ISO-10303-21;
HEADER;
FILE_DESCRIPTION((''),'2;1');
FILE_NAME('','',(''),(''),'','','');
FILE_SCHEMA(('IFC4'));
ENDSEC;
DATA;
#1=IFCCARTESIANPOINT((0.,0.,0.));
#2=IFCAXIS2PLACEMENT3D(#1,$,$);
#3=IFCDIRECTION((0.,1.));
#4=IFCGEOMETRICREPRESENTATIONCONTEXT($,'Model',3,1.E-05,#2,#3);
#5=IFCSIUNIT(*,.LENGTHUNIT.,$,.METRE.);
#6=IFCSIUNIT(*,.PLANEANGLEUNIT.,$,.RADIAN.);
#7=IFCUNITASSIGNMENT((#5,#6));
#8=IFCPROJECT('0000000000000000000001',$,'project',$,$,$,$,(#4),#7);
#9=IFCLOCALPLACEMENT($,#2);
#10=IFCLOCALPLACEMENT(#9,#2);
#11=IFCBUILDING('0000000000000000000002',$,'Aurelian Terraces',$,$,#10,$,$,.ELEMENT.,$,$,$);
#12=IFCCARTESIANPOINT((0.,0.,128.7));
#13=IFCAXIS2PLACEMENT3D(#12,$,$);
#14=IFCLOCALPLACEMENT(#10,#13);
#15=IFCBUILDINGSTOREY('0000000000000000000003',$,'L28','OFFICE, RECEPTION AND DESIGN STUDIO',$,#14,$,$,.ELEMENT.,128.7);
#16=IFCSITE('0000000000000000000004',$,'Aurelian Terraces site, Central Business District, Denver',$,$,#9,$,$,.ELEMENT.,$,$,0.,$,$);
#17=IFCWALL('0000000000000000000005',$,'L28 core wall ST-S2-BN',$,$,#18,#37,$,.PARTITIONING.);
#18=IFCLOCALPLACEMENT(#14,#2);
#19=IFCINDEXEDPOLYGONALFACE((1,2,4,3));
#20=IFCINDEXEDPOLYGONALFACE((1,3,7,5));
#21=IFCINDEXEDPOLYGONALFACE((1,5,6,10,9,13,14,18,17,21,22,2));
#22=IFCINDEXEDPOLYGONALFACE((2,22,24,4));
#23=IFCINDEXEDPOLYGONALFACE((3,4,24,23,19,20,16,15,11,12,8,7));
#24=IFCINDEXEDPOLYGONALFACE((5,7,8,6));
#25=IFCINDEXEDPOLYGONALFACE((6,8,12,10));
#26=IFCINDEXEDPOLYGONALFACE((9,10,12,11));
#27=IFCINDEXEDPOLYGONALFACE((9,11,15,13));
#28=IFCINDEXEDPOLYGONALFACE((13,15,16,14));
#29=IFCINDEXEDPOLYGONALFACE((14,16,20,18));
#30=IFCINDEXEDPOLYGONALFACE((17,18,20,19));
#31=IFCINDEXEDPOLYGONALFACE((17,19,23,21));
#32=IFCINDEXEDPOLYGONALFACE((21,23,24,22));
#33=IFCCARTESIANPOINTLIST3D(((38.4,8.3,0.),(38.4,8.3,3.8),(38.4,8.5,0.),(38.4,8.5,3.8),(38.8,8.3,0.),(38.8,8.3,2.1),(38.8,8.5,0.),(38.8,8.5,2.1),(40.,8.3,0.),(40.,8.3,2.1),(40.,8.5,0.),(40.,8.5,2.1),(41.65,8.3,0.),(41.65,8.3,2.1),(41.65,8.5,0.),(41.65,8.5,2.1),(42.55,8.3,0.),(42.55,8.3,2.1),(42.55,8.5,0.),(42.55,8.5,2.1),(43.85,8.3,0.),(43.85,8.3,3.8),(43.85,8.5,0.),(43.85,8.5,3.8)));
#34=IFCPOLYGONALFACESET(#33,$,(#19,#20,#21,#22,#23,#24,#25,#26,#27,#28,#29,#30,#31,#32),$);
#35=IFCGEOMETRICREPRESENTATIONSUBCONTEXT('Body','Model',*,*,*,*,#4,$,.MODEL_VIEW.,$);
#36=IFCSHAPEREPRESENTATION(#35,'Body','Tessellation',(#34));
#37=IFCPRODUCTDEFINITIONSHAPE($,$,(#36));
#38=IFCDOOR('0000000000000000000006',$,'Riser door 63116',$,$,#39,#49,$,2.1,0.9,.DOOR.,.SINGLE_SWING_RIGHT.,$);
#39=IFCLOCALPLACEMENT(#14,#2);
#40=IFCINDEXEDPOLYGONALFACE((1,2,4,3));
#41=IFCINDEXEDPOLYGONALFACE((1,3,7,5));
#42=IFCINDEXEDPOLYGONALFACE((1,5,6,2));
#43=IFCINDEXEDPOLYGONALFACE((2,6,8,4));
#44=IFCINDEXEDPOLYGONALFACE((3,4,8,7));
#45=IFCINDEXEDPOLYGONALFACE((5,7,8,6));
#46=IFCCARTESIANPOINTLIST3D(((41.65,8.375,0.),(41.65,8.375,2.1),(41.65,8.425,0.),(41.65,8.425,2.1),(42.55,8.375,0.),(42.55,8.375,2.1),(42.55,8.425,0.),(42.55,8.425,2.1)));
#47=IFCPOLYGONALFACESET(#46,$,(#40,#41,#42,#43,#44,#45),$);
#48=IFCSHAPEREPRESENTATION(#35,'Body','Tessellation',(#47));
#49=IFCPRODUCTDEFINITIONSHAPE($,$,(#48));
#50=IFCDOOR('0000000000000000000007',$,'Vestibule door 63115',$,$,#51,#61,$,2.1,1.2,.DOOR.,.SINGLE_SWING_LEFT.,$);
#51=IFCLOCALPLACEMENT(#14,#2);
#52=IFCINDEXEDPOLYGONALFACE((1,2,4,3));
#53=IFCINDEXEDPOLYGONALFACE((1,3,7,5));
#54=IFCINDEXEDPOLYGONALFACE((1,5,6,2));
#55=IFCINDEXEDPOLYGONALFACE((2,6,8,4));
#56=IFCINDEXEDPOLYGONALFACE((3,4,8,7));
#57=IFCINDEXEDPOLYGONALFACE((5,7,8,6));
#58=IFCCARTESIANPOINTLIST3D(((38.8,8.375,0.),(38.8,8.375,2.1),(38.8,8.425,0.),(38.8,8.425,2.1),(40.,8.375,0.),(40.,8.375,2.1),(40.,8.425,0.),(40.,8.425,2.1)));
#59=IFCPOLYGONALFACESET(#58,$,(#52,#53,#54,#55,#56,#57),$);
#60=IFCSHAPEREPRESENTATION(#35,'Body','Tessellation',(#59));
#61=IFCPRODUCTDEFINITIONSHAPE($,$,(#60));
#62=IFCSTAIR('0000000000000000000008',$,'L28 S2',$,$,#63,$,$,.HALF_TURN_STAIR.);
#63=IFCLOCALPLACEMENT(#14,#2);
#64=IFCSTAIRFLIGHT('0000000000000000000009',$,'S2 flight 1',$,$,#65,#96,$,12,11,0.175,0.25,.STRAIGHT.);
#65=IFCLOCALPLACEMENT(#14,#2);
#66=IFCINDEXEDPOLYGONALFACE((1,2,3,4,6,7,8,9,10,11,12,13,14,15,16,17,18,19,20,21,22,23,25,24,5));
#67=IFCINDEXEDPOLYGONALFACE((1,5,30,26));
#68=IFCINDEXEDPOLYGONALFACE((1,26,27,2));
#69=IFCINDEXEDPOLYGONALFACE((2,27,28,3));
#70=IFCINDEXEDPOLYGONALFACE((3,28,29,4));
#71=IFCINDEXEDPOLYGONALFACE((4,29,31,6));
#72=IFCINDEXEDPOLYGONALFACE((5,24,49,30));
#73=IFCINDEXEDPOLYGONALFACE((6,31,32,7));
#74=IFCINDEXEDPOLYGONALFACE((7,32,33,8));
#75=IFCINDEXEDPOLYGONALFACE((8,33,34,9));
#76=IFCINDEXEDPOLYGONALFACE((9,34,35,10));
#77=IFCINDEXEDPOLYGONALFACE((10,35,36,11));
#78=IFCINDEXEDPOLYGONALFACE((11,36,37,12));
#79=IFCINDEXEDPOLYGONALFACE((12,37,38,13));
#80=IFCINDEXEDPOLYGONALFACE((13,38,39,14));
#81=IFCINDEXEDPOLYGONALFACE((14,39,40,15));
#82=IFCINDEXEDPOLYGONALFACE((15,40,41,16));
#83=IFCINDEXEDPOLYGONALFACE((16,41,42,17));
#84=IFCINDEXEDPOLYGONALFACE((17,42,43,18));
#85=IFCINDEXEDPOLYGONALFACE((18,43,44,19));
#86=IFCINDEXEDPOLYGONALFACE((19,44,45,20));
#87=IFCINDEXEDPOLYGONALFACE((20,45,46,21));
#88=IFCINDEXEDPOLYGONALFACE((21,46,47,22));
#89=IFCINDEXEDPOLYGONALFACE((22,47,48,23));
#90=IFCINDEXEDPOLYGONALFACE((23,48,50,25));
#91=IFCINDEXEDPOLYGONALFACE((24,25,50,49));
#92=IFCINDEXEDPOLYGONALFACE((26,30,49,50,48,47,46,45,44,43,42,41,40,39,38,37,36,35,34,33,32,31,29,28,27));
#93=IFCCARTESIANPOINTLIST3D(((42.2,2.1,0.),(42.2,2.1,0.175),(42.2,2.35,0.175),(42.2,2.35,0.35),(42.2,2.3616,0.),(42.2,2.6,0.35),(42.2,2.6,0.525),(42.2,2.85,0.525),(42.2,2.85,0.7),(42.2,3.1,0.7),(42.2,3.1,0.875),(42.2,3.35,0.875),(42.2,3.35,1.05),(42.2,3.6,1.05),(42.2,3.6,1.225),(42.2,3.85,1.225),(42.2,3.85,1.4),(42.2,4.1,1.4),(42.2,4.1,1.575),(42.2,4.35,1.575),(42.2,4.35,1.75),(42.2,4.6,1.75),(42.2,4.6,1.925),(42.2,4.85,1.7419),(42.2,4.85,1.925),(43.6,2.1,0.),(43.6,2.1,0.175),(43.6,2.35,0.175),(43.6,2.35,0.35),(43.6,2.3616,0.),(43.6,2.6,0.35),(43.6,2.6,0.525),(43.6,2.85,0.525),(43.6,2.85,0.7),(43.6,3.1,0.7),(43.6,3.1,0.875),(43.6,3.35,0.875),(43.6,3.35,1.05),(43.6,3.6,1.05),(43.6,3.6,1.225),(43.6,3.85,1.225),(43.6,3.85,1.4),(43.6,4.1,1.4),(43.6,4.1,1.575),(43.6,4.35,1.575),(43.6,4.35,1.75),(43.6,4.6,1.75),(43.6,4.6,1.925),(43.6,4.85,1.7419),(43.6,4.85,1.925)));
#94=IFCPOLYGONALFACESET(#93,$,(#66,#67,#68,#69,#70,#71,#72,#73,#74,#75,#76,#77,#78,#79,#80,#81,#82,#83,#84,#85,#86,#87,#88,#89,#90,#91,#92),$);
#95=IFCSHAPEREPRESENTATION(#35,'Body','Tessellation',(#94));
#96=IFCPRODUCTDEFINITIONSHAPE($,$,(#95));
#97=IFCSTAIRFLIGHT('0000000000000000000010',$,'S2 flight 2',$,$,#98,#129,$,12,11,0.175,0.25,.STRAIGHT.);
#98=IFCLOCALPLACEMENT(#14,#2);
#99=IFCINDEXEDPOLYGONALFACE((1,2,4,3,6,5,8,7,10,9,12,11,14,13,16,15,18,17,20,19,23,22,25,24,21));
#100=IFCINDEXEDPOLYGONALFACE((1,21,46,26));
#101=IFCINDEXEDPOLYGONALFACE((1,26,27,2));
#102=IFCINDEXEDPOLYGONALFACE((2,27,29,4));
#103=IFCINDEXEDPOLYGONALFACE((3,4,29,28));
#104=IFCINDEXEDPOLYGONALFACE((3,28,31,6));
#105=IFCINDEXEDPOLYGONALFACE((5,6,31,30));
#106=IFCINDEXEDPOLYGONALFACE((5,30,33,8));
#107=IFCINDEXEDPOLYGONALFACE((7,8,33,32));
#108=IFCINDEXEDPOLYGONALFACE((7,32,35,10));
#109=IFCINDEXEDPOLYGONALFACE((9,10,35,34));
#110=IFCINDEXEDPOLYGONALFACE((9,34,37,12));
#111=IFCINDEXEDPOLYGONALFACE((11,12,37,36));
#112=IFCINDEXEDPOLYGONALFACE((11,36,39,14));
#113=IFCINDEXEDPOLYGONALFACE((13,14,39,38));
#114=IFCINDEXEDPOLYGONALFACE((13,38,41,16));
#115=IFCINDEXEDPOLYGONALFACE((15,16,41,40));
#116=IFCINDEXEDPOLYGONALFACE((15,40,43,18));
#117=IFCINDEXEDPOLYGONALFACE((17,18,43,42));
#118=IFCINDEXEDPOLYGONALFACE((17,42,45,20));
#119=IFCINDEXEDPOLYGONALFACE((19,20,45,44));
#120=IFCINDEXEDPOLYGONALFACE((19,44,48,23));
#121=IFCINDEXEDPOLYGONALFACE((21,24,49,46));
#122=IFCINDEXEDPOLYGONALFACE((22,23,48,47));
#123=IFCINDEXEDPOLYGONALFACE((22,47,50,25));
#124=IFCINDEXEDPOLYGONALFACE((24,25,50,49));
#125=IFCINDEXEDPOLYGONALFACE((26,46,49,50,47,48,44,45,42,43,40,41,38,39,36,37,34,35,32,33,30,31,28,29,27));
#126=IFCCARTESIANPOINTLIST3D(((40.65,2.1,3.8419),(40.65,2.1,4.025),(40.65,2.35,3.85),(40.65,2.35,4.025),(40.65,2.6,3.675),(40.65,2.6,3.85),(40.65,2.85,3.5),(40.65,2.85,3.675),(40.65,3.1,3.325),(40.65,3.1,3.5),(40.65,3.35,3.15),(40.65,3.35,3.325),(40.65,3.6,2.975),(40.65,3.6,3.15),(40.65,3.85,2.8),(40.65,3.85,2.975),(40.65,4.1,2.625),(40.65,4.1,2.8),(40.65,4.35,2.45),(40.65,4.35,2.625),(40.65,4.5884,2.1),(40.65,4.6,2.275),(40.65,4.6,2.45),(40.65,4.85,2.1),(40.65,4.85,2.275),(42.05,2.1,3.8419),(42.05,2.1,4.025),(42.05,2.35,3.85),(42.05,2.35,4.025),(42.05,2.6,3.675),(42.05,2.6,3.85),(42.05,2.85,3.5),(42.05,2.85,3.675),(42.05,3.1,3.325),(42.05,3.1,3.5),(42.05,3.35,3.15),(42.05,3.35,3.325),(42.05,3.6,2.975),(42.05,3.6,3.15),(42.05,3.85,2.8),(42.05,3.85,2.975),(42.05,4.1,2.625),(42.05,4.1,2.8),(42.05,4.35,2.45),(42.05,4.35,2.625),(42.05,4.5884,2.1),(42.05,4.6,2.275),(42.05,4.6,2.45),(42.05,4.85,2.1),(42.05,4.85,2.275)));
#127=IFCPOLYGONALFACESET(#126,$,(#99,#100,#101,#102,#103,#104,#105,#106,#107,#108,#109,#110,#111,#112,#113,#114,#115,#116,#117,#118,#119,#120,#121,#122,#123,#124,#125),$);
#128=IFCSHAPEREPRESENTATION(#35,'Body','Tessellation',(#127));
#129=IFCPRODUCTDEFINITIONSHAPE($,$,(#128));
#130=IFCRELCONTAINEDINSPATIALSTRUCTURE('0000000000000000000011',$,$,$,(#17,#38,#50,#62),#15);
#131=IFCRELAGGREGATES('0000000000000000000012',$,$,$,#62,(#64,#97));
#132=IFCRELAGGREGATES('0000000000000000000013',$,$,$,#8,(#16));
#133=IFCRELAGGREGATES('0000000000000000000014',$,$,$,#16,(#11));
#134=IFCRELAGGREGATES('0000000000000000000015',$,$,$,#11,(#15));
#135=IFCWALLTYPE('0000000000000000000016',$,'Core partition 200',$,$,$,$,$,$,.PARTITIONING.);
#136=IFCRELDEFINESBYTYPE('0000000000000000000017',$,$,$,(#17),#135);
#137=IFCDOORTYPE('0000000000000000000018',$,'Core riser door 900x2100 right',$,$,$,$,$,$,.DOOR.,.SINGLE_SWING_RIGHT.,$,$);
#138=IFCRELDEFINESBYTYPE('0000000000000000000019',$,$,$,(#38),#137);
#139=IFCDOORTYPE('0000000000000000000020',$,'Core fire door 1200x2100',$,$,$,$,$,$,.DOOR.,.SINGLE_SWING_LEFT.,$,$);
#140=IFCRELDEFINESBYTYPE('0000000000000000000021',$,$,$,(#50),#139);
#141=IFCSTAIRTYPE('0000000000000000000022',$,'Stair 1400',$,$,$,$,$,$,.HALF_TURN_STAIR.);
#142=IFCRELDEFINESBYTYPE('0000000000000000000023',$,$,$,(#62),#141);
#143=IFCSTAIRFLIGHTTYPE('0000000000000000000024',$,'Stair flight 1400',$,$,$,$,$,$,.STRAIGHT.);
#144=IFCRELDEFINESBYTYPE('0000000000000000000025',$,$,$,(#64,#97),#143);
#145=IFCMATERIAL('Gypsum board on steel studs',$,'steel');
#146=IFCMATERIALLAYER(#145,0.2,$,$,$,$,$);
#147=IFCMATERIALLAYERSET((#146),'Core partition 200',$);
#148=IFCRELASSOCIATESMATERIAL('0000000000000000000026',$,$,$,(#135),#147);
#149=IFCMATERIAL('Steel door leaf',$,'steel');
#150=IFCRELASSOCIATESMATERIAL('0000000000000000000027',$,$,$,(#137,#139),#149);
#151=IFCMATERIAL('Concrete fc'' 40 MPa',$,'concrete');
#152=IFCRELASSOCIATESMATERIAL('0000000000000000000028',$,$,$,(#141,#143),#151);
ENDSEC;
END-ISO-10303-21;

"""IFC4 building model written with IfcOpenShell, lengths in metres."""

from ifc_helpers import new_model, si_unit, direction, frame, frame_2d, origin, place, context, subcontext, project, spatial, polyline, rectangle, outline, extrude, source, transform, mapped, material, layer, layer_set, type_object, element, fill, aggregate, save


model = new_model("IFC4")

# Units and contexts
model_context = context("Model", 3, precision=1e-05, world=origin(), true_north=direction((0.0, 1.0)))
body_context = subcontext(model_context, "Body", "Model", "MODEL_VIEW")
ifc_project = project(units=[si_unit("LENGTHUNIT", "METRE"), si_unit("PLANEANGLEUNIT", "RADIAN")], contexts=[model_context])

# Site, building, storey
site_placement = place(None, origin())
site = spatial("IfcSite", under=ifc_project, at=site_placement, Name="Aurelian Terraces site, Central Business District, Denver", CompositionType="ELEMENT", RefElevation=0.0)
building_placement = place(site_placement, origin())
building = spatial("IfcBuilding", under=site, at=building_placement, Name="Aurelian Terraces", CompositionType="ELEMENT")
storey_placement = place(building_placement, frame((0.0, 0.0, 128.7)))
storey = spatial("IfcBuildingStorey", under=building, at=storey_placement, Name="L28", Description="OFFICE, RECEPTION AND DESIGN STUDIO", CompositionType="ELEMENT", Elevation=128.7)

# Shared definitions
ifc_material_1 = material(Name="Concrete fc' 40 MPa", Category="concrete")

# Shared definitions
ifc_material_2 = material(Name="Steel door leaf", Category="steel")

# Shared definitions
ifc_material_3 = material(Name="Gypsum board on steel studs", Category="steel")
ifc_layer_1 = layer(ifc_material_3, 0.2)
ifc_layer_set_1 = layer_set([ifc_layer_1], Name="Core partition 200")
wall_type_1 = type_object("IfcWallType", Name="Core partition 200", PredefinedType="PARTITIONING", material=ifc_layer_set_1)

# Wall, openings, doors
shared_shape_1 = source(origin(), body_context, "Body", "SweptSolid", [
    extrude(rectangle(XDim=5.45, YDim=0.2, at=frame_2d((2.725, 0.0))), origin(), (0.0, 0.0, 1.0), 3.8),
])
wall_1_placement = place(storey_placement, frame((38.4, 8.4, 0.0), z_axis=(0.0, 0.0, 1.0), x_axis=(1.0, 0.0, 0.0)))
wall_1 = element("IfcWall", 1, at=wall_1_placement, inside=storey, type_object=wall_type_1, Name="L28 core wall ST-S2-BN", PredefinedType="PARTITIONING", context=body_context, shape_type="MappedRepresentation", body=[
    mapped(shared_shape_1, transform((0.0, 0.0, 0.0), scale=1.0)),
])
shared_shape_2 = source(origin(), body_context, "Body", "SweptSolid", [
    extrude(rectangle(XDim=1.2, YDim=2.1, at=frame_2d((0.6, 1.05))), frame((0.0, 0.11, 0.0), z_axis=(0.0, -1.0, 0.0), x_axis=(1.0, 0.0, 0.0)), (0.0, 0.0, 1.0), 0.22),
])
opening_1_placement = place(wall_1_placement, frame((0.4, 0.0, 0.0)))
opening_1 = element("IfcOpeningElement", 2, at=opening_1_placement, cuts=wall_1, PredefinedType="OPENING", context=body_context, shape_type="MappedRepresentation", body=[
    mapped(shared_shape_2, transform((0.0, 0.0, 0.0), scale=1.0)),
])
shared_shape_3 = source(origin(), body_context, "Body", "SweptSolid", [
    extrude(rectangle(XDim=0.9, YDim=2.1, at=frame_2d((0.45, 1.05))), frame((0.0, 0.11, 0.0), z_axis=(0.0, -1.0, 0.0), x_axis=(1.0, 0.0, 0.0)), (0.0, 0.0, 1.0), 0.22),
])
opening_2_placement = place(wall_1_placement, frame((3.25, 0.0, 0.0)))
opening_2 = element("IfcOpeningElement", 3, at=opening_2_placement, cuts=wall_1, PredefinedType="OPENING", context=body_context, shape_type="MappedRepresentation", body=[
    mapped(shared_shape_3, transform((0.0, 0.0, 0.0), scale=1.0)),
])
door_type_1 = type_object("IfcDoorType", Name="Core riser door 900x2100 right", OperationType="SINGLE_SWING_RIGHT", PredefinedType="DOOR", material=ifc_material_2)
shared_shape_4 = source(origin(), body_context, "Body", "SweptSolid", [
    extrude(rectangle(XDim=0.9, YDim=2.1, at=frame_2d((0.45, 1.05))), frame((0.0, 0.025, 0.0), z_axis=(0.0, -1.0, 0.0), x_axis=(1.0, 0.0, 0.0)), (0.0, 0.0, 1.0), 0.05),
])
door_1_placement = place(opening_2_placement, origin())
door_1 = element("IfcDoor", 4, at=door_1_placement, inside=storey, type_object=door_type_1, Name="Riser door 63116", OperationType="SINGLE_SWING_RIGHT", OverallHeight=2.1, OverallWidth=0.9, PredefinedType="DOOR", context=body_context, shape_type="MappedRepresentation", body=[
    mapped(shared_shape_4, transform((0.0, 0.0, 0.0), scale=1.0)),
])
fill(opening_2, door_1)
door_type_2 = type_object("IfcDoorType", Name="Core fire door 1200x2100", OperationType="SINGLE_SWING_LEFT", PredefinedType="DOOR", material=ifc_material_2)
shared_shape_5 = source(origin(), body_context, "Body", "SweptSolid", [
    extrude(rectangle(XDim=1.2, YDim=2.1, at=frame_2d((0.6, 1.05))), frame((0.0, 0.025, 0.0), z_axis=(0.0, -1.0, 0.0), x_axis=(1.0, 0.0, 0.0)), (0.0, 0.0, 1.0), 0.05),
])
door_2_placement = place(opening_1_placement, origin())
door_2 = element("IfcDoor", 5, at=door_2_placement, inside=storey, type_object=door_type_2, Name="Vestibule door 63115", OperationType="SINGLE_SWING_LEFT", OverallHeight=2.1, OverallWidth=1.2, PredefinedType="DOOR", context=body_context, shape_type="MappedRepresentation", body=[
    mapped(shared_shape_5, transform((0.0, 0.0, 0.0), scale=1.0)),
])
fill(opening_1, door_2)

# Stair, stair flights
stair_type = type_object("IfcStairType", Name="Stair 1400", PredefinedType="HALF_TURN_STAIR", material=ifc_material_1)
stair_placement = place(storey_placement, origin())
stair = element("IfcStair", 6, at=stair_placement, inside=storey, type_object=stair_type, Name="L28 S2", PredefinedType="HALF_TURN_STAIR")
stair_flight_type = type_object("IfcStairFlightType", Name="Stair flight 1400", PredefinedType="STRAIGHT", material=ifc_material_1)
shared_shape_6 = source(origin(), body_context, "Body", "SweptSolid", [
    extrude(outline(polyline([(0.0, 0.0), (0.0, 0.175), (0.25, 0.175), (0.25, 0.35), (0.5, 0.35), (0.5, 0.525), (0.75, 0.525), (0.75, 0.7), (1.0, 0.7), (1.0, 0.875), (1.25, 0.875), (1.25, 1.05), (1.5, 1.05), (1.5, 1.225), (1.75, 1.225), (1.75, 1.4), (2.0, 1.4), (2.0, 1.575), (2.25, 1.575), (2.25, 1.75), (2.5, 1.75), (2.5, 1.925), (2.75, 1.925), (2.75, 2.1), (2.75, 1.7419), (0.2616, 0.0), (0.0, 0.0)])), frame((0.0, 0.7, 0.0), z_axis=(0.0, -1.0, 0.0), x_axis=(1.0, 0.0, 0.0)), (0.0, 0.0, 1.0), 1.4),
])
stair_flight_1_placement = place(storey_placement, frame((42.9, 2.1, 0.0), z_axis=(0.0, 0.0, 1.0), x_axis=(0.0, 1.0, 0.0)))
stair_flight_1 = element("IfcStairFlight", 7, at=stair_flight_1_placement, type_object=stair_flight_type, Name="S2 flight 1", NumberOfRisers=12, NumberOfTreads=11, PredefinedType="STRAIGHT", RiserHeight=0.175, TreadLength=0.25, context=body_context, shape_type="MappedRepresentation", body=[
    mapped(shared_shape_6, transform((0.0, 0.0, 0.0), scale=1.0)),
])
stair_flight_2_placement = place(storey_placement, frame((41.35, 4.85, 2.1), z_axis=(0.0, 0.0, 1.0), x_axis=(0.0, -1.0, 0.0)))
stair_flight_2 = element("IfcStairFlight", 8, at=stair_flight_2_placement, type_object=stair_flight_type, Name="S2 flight 2", NumberOfRisers=12, NumberOfTreads=11, PredefinedType="STRAIGHT", RiserHeight=0.175, TreadLength=0.25, context=body_context, shape_type="MappedRepresentation", body=[
    mapped(shared_shape_6, transform((0.0, 0.0, 0.0), scale=1.0)),
])
aggregate(stair, [stair_flight_1, stair_flight_2])

save(model, "model.ifc")
